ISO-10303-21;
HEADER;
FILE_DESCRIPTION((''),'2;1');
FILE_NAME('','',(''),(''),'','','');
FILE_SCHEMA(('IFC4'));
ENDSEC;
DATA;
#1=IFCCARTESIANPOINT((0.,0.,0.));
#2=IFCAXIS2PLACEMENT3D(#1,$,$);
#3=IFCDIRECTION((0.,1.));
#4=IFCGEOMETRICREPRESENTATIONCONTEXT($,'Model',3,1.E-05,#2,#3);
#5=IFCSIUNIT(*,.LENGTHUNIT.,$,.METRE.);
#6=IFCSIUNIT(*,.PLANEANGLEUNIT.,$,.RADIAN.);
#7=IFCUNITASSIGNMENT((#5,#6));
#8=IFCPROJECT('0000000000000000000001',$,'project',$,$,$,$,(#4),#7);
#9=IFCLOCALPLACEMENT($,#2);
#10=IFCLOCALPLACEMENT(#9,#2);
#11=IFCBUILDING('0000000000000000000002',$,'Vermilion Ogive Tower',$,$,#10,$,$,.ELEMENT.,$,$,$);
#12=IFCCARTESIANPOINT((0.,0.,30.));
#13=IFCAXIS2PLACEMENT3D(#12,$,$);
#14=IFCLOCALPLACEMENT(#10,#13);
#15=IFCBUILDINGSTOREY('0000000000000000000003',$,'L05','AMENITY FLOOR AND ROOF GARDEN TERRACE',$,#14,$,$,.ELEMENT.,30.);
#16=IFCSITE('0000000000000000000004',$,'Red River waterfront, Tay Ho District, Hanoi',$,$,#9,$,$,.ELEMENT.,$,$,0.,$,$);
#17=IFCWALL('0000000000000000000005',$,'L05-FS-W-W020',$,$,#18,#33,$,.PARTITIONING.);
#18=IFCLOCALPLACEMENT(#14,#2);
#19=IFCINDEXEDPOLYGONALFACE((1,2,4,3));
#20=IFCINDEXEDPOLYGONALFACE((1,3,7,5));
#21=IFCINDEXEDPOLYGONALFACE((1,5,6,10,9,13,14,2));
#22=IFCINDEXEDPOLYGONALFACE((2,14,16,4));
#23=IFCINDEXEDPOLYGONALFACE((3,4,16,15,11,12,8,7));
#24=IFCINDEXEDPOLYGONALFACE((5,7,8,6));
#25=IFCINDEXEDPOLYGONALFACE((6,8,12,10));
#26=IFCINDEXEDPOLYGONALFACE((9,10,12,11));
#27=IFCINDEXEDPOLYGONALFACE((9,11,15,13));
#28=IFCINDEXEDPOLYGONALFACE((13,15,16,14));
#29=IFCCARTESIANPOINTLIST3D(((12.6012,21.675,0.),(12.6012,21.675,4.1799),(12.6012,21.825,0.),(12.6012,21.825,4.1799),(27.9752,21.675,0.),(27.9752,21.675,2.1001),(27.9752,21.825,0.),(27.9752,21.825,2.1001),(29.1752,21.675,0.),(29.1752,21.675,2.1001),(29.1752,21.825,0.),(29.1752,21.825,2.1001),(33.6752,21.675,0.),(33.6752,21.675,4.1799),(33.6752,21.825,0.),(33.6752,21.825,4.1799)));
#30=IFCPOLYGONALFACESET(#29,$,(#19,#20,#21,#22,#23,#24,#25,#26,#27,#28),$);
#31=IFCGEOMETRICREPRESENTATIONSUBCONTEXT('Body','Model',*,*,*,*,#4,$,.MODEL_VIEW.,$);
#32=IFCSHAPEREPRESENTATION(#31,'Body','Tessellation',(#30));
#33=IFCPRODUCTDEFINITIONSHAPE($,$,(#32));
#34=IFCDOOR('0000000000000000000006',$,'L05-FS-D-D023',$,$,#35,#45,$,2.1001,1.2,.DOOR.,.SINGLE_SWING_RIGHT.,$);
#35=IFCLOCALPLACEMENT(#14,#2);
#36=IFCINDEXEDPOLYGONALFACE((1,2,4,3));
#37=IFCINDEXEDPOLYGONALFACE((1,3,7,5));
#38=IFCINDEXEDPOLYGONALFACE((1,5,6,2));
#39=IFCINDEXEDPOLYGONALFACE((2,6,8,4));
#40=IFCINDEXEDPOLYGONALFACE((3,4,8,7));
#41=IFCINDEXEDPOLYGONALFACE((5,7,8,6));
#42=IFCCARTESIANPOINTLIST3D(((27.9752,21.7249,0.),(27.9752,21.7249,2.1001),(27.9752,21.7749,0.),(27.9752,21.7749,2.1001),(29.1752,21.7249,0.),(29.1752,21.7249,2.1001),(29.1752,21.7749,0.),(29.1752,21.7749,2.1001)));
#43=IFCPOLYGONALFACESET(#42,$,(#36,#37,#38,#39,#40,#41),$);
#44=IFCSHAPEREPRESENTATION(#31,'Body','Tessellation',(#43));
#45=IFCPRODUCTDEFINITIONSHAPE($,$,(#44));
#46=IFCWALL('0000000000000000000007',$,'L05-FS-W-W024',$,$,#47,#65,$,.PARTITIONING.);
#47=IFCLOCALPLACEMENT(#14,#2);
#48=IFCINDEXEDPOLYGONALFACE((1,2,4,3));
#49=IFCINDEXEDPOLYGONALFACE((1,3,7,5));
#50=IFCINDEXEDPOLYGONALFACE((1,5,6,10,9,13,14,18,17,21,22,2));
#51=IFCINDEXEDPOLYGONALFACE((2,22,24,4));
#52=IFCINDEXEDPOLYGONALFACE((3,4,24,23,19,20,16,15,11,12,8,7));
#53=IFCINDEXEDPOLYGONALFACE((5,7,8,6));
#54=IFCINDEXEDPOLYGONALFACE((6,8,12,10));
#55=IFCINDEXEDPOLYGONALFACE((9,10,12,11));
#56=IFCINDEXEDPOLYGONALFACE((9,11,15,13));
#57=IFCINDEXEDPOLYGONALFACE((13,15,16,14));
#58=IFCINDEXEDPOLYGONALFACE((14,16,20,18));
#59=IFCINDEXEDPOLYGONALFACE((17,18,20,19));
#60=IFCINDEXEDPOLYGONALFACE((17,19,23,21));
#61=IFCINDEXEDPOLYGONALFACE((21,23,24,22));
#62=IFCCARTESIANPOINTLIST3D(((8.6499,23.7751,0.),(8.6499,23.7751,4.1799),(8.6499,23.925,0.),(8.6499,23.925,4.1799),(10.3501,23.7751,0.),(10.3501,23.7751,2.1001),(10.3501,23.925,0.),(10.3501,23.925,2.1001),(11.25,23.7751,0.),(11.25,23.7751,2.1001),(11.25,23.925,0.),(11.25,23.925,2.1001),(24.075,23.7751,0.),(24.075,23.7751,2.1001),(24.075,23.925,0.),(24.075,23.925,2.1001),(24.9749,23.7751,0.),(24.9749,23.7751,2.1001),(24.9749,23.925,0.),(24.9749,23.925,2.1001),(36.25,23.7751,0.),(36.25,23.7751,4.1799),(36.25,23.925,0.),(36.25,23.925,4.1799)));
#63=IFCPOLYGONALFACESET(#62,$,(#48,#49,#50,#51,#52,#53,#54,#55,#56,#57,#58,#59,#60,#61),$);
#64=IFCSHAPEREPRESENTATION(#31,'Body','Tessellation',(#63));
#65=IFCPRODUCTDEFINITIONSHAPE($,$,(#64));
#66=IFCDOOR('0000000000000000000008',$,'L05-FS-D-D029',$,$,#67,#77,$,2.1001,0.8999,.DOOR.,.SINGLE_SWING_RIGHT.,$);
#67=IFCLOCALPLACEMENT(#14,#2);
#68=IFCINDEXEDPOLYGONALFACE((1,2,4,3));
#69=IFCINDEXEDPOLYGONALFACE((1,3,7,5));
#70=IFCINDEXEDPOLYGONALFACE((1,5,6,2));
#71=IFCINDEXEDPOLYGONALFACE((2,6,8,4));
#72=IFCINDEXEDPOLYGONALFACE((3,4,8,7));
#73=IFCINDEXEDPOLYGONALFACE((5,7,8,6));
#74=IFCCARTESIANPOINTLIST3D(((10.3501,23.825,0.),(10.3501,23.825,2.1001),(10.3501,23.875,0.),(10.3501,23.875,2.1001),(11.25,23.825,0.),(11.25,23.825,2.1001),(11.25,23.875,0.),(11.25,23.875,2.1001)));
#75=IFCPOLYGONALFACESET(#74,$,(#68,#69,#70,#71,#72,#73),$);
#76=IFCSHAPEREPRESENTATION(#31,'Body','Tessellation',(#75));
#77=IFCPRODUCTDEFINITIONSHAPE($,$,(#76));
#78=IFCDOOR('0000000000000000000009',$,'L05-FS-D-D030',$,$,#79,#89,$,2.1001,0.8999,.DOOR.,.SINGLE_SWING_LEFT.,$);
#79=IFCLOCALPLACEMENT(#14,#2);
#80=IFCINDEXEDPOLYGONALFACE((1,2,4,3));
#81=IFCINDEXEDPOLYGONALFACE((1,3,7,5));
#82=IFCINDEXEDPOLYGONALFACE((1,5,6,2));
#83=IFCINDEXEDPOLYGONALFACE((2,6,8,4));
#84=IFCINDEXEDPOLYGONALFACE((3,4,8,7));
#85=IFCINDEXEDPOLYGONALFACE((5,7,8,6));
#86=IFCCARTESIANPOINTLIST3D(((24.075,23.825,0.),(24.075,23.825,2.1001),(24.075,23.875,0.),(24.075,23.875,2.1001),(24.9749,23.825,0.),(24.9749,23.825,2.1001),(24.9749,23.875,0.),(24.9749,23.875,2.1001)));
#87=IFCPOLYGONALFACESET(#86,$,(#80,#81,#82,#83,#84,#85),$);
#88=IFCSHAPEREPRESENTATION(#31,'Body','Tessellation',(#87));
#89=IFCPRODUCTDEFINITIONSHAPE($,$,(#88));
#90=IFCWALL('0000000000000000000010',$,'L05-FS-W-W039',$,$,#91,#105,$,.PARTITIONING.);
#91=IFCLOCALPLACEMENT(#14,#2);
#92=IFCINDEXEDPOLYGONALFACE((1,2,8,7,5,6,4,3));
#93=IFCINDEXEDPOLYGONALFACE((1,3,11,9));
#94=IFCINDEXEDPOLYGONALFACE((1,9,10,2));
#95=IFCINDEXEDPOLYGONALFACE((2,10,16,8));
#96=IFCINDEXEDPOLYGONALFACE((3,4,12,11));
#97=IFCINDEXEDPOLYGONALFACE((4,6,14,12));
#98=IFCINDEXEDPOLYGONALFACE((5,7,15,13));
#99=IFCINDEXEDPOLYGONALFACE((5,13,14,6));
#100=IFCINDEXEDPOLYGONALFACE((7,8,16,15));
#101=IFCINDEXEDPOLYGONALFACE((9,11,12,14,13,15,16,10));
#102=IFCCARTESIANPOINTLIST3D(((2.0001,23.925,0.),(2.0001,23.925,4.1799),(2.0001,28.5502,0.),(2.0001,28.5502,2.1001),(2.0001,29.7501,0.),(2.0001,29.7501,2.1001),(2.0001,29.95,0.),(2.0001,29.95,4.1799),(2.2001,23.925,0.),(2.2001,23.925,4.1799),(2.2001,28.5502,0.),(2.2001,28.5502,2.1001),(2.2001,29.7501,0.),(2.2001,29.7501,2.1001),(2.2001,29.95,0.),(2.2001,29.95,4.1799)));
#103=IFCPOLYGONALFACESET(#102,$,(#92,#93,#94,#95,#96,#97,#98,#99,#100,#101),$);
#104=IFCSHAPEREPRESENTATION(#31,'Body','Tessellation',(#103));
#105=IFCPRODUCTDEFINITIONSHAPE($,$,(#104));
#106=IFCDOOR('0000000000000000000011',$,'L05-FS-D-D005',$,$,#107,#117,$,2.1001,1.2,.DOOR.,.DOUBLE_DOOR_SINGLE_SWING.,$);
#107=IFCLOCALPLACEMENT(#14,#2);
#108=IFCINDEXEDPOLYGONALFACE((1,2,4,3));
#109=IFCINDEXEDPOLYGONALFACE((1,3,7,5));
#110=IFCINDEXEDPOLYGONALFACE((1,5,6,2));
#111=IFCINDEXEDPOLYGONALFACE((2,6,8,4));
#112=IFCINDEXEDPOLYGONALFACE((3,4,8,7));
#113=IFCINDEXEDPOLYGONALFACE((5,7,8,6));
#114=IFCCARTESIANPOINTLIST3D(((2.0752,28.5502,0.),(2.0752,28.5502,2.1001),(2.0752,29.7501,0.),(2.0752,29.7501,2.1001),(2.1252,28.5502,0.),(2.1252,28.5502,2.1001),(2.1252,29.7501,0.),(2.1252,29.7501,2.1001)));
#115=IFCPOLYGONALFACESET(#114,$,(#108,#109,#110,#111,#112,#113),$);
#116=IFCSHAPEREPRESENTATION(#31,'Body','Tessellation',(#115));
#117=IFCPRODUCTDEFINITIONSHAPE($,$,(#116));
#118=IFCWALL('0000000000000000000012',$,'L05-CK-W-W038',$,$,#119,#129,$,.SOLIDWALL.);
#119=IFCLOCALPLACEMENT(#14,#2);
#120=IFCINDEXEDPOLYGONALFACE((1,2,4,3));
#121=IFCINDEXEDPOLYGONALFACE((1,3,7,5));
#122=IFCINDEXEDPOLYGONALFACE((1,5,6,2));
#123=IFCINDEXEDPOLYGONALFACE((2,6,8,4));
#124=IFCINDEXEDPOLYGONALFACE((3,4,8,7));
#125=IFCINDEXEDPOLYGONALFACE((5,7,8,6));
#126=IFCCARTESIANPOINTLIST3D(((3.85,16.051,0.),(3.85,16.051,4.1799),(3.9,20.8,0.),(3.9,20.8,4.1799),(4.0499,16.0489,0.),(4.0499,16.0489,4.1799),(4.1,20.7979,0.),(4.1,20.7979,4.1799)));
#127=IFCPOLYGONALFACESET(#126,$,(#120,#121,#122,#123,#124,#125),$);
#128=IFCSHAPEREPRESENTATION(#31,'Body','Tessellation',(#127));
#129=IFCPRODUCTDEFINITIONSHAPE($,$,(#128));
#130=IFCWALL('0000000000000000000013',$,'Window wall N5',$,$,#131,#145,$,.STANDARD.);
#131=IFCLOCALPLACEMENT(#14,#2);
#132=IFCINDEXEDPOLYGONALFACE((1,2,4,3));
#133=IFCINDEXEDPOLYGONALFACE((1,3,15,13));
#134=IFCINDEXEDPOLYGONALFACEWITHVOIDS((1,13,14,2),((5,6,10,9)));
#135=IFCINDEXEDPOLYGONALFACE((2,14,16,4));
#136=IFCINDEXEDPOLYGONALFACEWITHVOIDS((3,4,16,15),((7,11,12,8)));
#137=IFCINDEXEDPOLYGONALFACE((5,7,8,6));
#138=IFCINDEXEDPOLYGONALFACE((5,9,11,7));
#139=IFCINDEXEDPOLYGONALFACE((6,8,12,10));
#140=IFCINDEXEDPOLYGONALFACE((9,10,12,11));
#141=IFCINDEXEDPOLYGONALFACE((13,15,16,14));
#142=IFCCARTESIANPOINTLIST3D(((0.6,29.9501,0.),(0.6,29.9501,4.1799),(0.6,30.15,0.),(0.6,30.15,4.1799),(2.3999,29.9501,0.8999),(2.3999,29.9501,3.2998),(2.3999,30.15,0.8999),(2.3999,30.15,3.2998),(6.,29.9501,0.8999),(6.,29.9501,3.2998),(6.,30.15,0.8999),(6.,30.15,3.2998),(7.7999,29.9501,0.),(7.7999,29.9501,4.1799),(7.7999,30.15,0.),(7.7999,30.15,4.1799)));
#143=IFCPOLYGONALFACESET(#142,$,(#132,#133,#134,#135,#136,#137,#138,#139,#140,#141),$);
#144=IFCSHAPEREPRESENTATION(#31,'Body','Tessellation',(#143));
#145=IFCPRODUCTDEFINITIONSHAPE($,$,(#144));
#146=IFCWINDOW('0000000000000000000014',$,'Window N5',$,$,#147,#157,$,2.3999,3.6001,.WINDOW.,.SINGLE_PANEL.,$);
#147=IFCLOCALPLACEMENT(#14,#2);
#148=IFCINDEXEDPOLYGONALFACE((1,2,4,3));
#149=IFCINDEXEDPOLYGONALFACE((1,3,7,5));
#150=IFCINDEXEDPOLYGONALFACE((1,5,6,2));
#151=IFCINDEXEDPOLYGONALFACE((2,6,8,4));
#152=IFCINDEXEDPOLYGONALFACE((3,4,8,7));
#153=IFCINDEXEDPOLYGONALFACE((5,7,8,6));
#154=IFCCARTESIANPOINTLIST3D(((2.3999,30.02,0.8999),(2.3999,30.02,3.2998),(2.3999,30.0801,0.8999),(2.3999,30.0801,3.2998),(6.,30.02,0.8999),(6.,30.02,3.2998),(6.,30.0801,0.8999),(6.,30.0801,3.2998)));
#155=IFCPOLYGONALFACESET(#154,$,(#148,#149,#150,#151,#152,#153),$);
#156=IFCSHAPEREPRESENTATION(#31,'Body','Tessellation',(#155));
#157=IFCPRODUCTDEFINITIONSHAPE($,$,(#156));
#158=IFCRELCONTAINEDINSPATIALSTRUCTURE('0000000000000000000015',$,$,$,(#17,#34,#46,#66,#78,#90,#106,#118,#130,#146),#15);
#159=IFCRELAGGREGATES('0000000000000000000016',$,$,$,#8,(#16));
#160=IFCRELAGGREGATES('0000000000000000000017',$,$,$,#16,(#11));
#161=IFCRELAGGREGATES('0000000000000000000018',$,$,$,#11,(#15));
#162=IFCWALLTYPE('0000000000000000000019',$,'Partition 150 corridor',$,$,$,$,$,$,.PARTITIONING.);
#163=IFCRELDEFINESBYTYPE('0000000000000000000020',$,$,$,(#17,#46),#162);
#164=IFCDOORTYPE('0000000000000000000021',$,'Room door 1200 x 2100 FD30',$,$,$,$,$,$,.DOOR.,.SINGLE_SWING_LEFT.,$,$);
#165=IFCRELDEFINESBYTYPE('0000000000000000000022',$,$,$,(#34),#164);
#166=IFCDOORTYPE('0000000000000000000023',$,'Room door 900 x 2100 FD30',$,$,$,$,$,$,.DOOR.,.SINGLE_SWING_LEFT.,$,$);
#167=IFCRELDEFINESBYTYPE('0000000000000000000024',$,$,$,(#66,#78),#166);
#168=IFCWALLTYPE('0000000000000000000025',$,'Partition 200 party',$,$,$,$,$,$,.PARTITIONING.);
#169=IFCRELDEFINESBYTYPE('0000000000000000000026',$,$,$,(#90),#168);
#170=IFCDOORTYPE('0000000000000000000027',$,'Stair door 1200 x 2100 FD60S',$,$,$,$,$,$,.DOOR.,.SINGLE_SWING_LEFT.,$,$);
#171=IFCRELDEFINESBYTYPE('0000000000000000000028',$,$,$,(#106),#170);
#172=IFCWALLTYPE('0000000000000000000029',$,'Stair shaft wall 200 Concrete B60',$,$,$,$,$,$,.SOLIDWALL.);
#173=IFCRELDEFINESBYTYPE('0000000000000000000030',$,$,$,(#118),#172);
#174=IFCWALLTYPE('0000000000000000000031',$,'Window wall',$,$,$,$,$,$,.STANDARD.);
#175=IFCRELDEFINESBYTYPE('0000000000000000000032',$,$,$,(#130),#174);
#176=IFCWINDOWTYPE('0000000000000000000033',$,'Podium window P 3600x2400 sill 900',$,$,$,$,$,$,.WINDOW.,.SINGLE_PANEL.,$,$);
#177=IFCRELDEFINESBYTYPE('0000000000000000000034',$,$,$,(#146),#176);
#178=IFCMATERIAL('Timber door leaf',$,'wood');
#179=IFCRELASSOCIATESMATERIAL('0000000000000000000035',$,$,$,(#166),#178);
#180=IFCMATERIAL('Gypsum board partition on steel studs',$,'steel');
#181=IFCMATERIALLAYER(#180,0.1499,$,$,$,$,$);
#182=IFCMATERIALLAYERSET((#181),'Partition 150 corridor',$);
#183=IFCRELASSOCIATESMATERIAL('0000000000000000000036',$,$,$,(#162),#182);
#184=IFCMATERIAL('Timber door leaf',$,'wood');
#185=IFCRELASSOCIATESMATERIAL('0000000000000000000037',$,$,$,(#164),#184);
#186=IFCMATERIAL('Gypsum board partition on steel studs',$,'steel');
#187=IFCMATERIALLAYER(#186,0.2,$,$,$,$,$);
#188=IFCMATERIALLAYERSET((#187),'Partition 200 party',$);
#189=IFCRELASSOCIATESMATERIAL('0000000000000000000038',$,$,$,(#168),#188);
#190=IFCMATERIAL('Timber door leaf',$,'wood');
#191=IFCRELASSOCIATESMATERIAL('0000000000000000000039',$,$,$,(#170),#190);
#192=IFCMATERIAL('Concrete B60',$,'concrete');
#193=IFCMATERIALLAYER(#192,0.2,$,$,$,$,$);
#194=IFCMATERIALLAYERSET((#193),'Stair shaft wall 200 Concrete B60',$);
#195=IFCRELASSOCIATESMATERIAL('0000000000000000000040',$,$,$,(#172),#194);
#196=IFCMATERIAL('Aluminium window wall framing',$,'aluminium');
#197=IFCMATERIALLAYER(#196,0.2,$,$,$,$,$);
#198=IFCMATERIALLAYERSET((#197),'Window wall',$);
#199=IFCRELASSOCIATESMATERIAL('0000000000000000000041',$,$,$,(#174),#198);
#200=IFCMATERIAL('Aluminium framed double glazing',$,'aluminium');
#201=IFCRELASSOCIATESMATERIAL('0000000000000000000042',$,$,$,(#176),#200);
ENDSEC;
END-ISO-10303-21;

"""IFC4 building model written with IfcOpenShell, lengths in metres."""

from ifc_helpers import new_model, si_unit, direction, frame, frame_2d, origin, place, context, subcontext, project, spatial, rectangle, extrude, material, layer, layer_set, type_object, element, fill, save


model = new_model("IFC4")

# Units and contexts
model_context = context("Model", 3, precision=1e-05, world=origin(), true_north=direction((0.0, 1.0)))
body_context = subcontext(model_context, "Body", "Model", "MODEL_VIEW")
ifc_project = project(units=[si_unit("LENGTHUNIT", "METRE"), si_unit("PLANEANGLEUNIT", "RADIAN")], contexts=[model_context])

# Site, building, storey
site_placement = place(None, origin())
site = spatial("IfcSite", under=ifc_project, at=site_placement, Name="Red River waterfront, Tay Ho District, Hanoi", CompositionType="ELEMENT", RefElevation=0.0)
building_placement = place(site_placement, origin())
building = spatial("IfcBuilding", under=site, at=building_placement, Name="Vermilion Ogive Tower", CompositionType="ELEMENT")
storey_placement = place(building_placement, frame((0.0, 0.0, 30.0)))
storey = spatial("IfcBuildingStorey", under=building, at=storey_placement, Name="L05", Description="AMENITY FLOOR AND ROOF GARDEN TERRACE", CompositionType="ELEMENT", Elevation=30.0)

# Shared definitions
ifc_material_1 = material(Name="Timber door leaf", Category="wood")
door_type_1 = type_object("IfcDoorType", Name="Room door 900 x 2100 FD30", OperationType="SINGLE_SWING_LEFT", PredefinedType="DOOR", material=ifc_material_1)

# Wall, opening, door
ifc_material_2 = material(Name="Gypsum board partition on steel studs", Category="steel")
ifc_layer_1 = layer(ifc_material_2, 0.1499)
ifc_layer_set_1 = layer_set([ifc_layer_1], Name="Partition 150 corridor")
wall_type_1 = type_object("IfcWallType", Name="Partition 150 corridor", PredefinedType="PARTITIONING", material=ifc_layer_set_1)
wall_1_placement = place(storey_placement, frame((12.6011, 21.75, 0.0), z_axis=(0.0, 0.0, 1.0), x_axis=(1.0, 0.0, 0.0)))
wall_1 = element("IfcWall", 1, at=wall_1_placement, inside=storey, type_object=wall_type_1, Name="L05-FS-W-W020", PredefinedType="PARTITIONING", context=body_context, shape_type="SweptSolid", body=[
    extrude(rectangle(XDim=21.074, YDim=0.1499, at=frame_2d((10.5371, 0.0))), origin(), (0.0, 0.0, 1.0), 4.1799),
])
opening_1_placement = place(wall_1_placement, frame((15.374, 0.0, 0.0)))
opening_1 = element("IfcOpeningElement", 2, at=opening_1_placement, cuts=wall_1, PredefinedType="OPENING", context=body_context, shape_type="SweptSolid", body=[
    extrude(rectangle(XDim=1.2, YDim=2.1001, at=frame_2d((0.6001, 1.05))), frame((0.0, 0.085, 0.0), z_axis=(0.0, -1.0, 0.0), x_axis=(1.0, 0.0, 0.0)), (0.0, 0.0, 1.0), 0.1699),
])
ifc_material_3 = material(Name="Timber door leaf", Category="wood")
door_type_2 = type_object("IfcDoorType", Name="Room door 1200 x 2100 FD30", OperationType="SINGLE_SWING_LEFT", PredefinedType="DOOR", material=ifc_material_3)
door_1_placement = place(opening_1_placement, origin())
door_1 = element("IfcDoor", 3, at=door_1_placement, inside=storey, type_object=door_type_2, Name="L05-FS-D-D023", OperationType="SINGLE_SWING_RIGHT", OverallHeight=2.1001, OverallWidth=1.2, PredefinedType="DOOR", context=body_context, shape_type="SweptSolid", body=[
    extrude(rectangle(XDim=1.2, YDim=2.1001, at=frame_2d((0.6001, 1.05))), frame((0.0, 0.0249, 0.0), z_axis=(0.0, -1.0, 0.0), x_axis=(1.0, 0.0, 0.0)), (0.0, 0.0, 1.0), 0.05),
])
fill(opening_1, door_1)

# Wall, openings, doors
wall_2_placement = place(storey_placement, frame((8.6499, 23.8501, 0.0), z_axis=(0.0, 0.0, 1.0), x_axis=(1.0, 0.0, 0.0)))
wall_2 = element("IfcWall", 4, at=wall_2_placement, inside=storey, type_object=wall_type_1, Name="L05-FS-W-W024", PredefinedType="PARTITIONING", context=body_context, shape_type="SweptSolid", body=[
    extrude(rectangle(XDim=27.6001, YDim=0.1499, at=frame_2d((13.8, 0.0))), origin(), (0.0, 0.0, 1.0), 4.1799),
])
opening_2_placement = place(wall_2_placement, frame((1.7002, 0.0, 0.0)))
opening_2 = element("IfcOpeningElement", 5, at=opening_2_placement, cuts=wall_2, PredefinedType="OPENING", context=body_context, shape_type="SweptSolid", body=[
    extrude(rectangle(XDim=0.8999, YDim=2.1001, at=frame_2d((0.45, 1.05))), frame((0.0, 0.085, 0.0), z_axis=(0.0, -1.0, 0.0), x_axis=(1.0, 0.0, 0.0)), (0.0, 0.0, 1.0), 0.1699),
])
opening_3_placement = place(wall_2_placement, frame((15.425, 0.0, 0.0)))
opening_3 = element("IfcOpeningElement", 6, at=opening_3_placement, cuts=wall_2, PredefinedType="OPENING", context=body_context, shape_type="SweptSolid", body=[
    extrude(rectangle(XDim=0.8999, YDim=2.1001, at=frame_2d((0.45, 1.05))), frame((0.0, 0.085, 0.0), z_axis=(0.0, -1.0, 0.0), x_axis=(1.0, 0.0, 0.0)), (0.0, 0.0, 1.0), 0.1699),
])
door_2_placement = place(opening_2_placement, origin())
door_2 = element("IfcDoor", 7, at=door_2_placement, inside=storey, type_object=door_type_1, Name="L05-FS-D-D029", OperationType="SINGLE_SWING_RIGHT", OverallHeight=2.1001, OverallWidth=0.8999, PredefinedType="DOOR", context=body_context, shape_type="SweptSolid", body=[
    extrude(rectangle(XDim=0.8999, YDim=2.1001, at=frame_2d((0.45, 1.05))), frame((0.0, 0.0249, 0.0), z_axis=(0.0, -1.0, 0.0), x_axis=(1.0, 0.0, 0.0)), (0.0, 0.0, 1.0), 0.05),
])
fill(opening_2, door_2)
door_3_placement = place(opening_3_placement, origin())
door_3 = element("IfcDoor", 8, at=door_3_placement, inside=storey, type_object=door_type_1, Name="L05-FS-D-D030", OperationType="SINGLE_SWING_LEFT", OverallHeight=2.1001, OverallWidth=0.8999, PredefinedType="DOOR", context=body_context, shape_type="SweptSolid", body=[
    extrude(rectangle(XDim=0.8999, YDim=2.1001, at=frame_2d((0.45, 1.05))), frame((0.0, 0.0249, 0.0), z_axis=(0.0, -1.0, 0.0), x_axis=(1.0, 0.0, 0.0)), (0.0, 0.0, 1.0), 0.05),
])
fill(opening_3, door_3)

# Wall, opening, door
ifc_material_4 = material(Name="Gypsum board partition on steel studs", Category="steel")
ifc_layer_2 = layer(ifc_material_4, 0.2)
ifc_layer_set_2 = layer_set([ifc_layer_2], Name="Partition 200 party")
wall_type_2 = type_object("IfcWallType", Name="Partition 200 party", PredefinedType="PARTITIONING", material=ifc_layer_set_2)
wall_3_placement = place(storey_placement, frame((2.1001, 23.925, 0.0), z_axis=(0.0, 0.0, 1.0), x_axis=(0.0, 1.0, 0.0)))
wall_3 = element("IfcWall", 9, at=wall_3_placement, inside=storey, type_object=wall_type_2, Name="L05-FS-W-W039", PredefinedType="PARTITIONING", context=body_context, shape_type="SweptSolid", body=[
    extrude(rectangle(XDim=6.0249, YDim=0.2, at=frame_2d((3.0125, 0.0))), origin(), (0.0, 0.0, 1.0), 4.1799),
])
opening_4_placement = place(wall_3_placement, frame((4.625, 0.0, 0.0)))
opening_4 = element("IfcOpeningElement", 10, at=opening_4_placement, cuts=wall_3, PredefinedType="OPENING", context=body_context, shape_type="SweptSolid", body=[
    extrude(rectangle(XDim=1.2, YDim=2.1001, at=frame_2d((0.6001, 1.05))), frame((0.0, 0.1099, 0.0), z_axis=(0.0, -1.0, 0.0), x_axis=(1.0, 0.0, 0.0)), (0.0, 0.0, 1.0), 0.22),
])
ifc_material_5 = material(Name="Timber door leaf", Category="wood")
door_type_3 = type_object("IfcDoorType", Name="Stair door 1200 x 2100 FD60S", OperationType="SINGLE_SWING_LEFT", PredefinedType="DOOR", material=ifc_material_5)
door_4_placement = place(opening_4_placement, origin())
door_4 = element("IfcDoor", 11, at=door_4_placement, inside=storey, type_object=door_type_3, Name="L05-FS-D-D005", OperationType="DOUBLE_DOOR_SINGLE_SWING", OverallHeight=2.1001, OverallWidth=1.2, PredefinedType="DOOR", context=body_context, shape_type="SweptSolid", body=[
    extrude(rectangle(XDim=1.2, YDim=2.1001, at=frame_2d((0.6001, 1.05))), frame((0.0, 0.0249, 0.0), z_axis=(0.0, -1.0, 0.0), x_axis=(1.0, 0.0, 0.0)), (0.0, 0.0, 1.0), 0.05),
])
fill(opening_4, door_4)

# Wall
ifc_material_6 = material(Name="Concrete B60", Category="concrete")
ifc_layer_3 = layer(ifc_material_6, 0.2)
ifc_layer_set_3 = layer_set([ifc_layer_3], Name="Stair shaft wall 200 Concrete B60")
wall_type_3 = type_object("IfcWallType", Name="Stair shaft wall 200 Concrete B60", PredefinedType="SOLIDWALL", material=ifc_layer_set_3)
wall_4_placement = place(storey_placement, frame((3.95, 16.05, 0.0), z_axis=(0.0, 0.0, 1.0), x_axis=(0.010538, 0.999944, 0.0)))
element("IfcWall", 12, at=wall_4_placement, inside=storey, type_object=wall_type_3, Name="L05-CK-W-W038", PredefinedType="SOLIDWALL", context=body_context, shape_type="SweptSolid", body=[
    extrude(rectangle(XDim=4.7493, YDim=0.2, at=frame_2d((2.3745, 0.0))), origin(), (0.0, 0.0, 1.0), 4.1799),
])

# Wall, opening, window
ifc_material_7 = material(Name="Aluminium window wall framing", Category="aluminium")
ifc_layer_4 = layer(ifc_material_7, 0.2)
ifc_layer_set_4 = layer_set([ifc_layer_4], Name="Window wall")
wall_type_4 = type_object("IfcWallType", Name="Window wall", PredefinedType="STANDARD", material=ifc_layer_set_4)
wall_5_placement = place(storey_placement, frame((7.8, 30.05, 0.0), z_axis=(0.0, 0.0, 1.0), x_axis=(-1.0, 0.0, 0.0)))
wall_5 = element("IfcWall", 13, at=wall_5_placement, inside=storey, type_object=wall_type_4, Name="Window wall N5", PredefinedType="STANDARD", context=body_context, shape_type="SweptSolid", body=[
    extrude(rectangle(XDim=7.2, YDim=0.2, at=frame_2d((3.6001, 0.0))), origin(), (0.0, 0.0, 1.0), 4.1799),
])
opening_5_placement = place(wall_5_placement, frame((1.8, 0.0, 0.8999)))
opening_5 = element("IfcOpeningElement", 14, at=opening_5_placement, cuts=wall_5, PredefinedType="OPENING", context=body_context, shape_type="SweptSolid", body=[
    extrude(rectangle(XDim=3.6001, YDim=2.3999, at=frame_2d((1.8, 1.2))), frame((0.0, 0.1099, 0.0), z_axis=(0.0, -1.0, 0.0), x_axis=(1.0, 0.0, 0.0)), (0.0, 0.0, 1.0), 0.22),
])
ifc_material_8 = material(Name="Aluminium framed double glazing", Category="aluminium")
window_type = type_object("IfcWindowType", Name="Podium window P 3600x2400 sill 900", PartitioningType="SINGLE_PANEL", PredefinedType="WINDOW", material=ifc_material_8)
window_placement = place(opening_5_placement, origin())
window = element("IfcWindow", 15, at=window_placement, inside=storey, type_object=window_type, Name="Window N5", OverallHeight=2.3999, OverallWidth=3.6001, PartitioningType="SINGLE_PANEL", PredefinedType="WINDOW", context=body_context, shape_type="SweptSolid", body=[
    extrude(rectangle(XDim=3.6001, YDim=2.3999, at=frame_2d((1.8, 1.2))), frame((0.0, 0.03, 0.0), z_axis=(0.0, -1.0, 0.0), x_axis=(1.0, 0.0, 0.0)), (0.0, 0.0, 1.0), 0.0601),
])
fill(opening_5, window)

save(model, "model.ifc")
